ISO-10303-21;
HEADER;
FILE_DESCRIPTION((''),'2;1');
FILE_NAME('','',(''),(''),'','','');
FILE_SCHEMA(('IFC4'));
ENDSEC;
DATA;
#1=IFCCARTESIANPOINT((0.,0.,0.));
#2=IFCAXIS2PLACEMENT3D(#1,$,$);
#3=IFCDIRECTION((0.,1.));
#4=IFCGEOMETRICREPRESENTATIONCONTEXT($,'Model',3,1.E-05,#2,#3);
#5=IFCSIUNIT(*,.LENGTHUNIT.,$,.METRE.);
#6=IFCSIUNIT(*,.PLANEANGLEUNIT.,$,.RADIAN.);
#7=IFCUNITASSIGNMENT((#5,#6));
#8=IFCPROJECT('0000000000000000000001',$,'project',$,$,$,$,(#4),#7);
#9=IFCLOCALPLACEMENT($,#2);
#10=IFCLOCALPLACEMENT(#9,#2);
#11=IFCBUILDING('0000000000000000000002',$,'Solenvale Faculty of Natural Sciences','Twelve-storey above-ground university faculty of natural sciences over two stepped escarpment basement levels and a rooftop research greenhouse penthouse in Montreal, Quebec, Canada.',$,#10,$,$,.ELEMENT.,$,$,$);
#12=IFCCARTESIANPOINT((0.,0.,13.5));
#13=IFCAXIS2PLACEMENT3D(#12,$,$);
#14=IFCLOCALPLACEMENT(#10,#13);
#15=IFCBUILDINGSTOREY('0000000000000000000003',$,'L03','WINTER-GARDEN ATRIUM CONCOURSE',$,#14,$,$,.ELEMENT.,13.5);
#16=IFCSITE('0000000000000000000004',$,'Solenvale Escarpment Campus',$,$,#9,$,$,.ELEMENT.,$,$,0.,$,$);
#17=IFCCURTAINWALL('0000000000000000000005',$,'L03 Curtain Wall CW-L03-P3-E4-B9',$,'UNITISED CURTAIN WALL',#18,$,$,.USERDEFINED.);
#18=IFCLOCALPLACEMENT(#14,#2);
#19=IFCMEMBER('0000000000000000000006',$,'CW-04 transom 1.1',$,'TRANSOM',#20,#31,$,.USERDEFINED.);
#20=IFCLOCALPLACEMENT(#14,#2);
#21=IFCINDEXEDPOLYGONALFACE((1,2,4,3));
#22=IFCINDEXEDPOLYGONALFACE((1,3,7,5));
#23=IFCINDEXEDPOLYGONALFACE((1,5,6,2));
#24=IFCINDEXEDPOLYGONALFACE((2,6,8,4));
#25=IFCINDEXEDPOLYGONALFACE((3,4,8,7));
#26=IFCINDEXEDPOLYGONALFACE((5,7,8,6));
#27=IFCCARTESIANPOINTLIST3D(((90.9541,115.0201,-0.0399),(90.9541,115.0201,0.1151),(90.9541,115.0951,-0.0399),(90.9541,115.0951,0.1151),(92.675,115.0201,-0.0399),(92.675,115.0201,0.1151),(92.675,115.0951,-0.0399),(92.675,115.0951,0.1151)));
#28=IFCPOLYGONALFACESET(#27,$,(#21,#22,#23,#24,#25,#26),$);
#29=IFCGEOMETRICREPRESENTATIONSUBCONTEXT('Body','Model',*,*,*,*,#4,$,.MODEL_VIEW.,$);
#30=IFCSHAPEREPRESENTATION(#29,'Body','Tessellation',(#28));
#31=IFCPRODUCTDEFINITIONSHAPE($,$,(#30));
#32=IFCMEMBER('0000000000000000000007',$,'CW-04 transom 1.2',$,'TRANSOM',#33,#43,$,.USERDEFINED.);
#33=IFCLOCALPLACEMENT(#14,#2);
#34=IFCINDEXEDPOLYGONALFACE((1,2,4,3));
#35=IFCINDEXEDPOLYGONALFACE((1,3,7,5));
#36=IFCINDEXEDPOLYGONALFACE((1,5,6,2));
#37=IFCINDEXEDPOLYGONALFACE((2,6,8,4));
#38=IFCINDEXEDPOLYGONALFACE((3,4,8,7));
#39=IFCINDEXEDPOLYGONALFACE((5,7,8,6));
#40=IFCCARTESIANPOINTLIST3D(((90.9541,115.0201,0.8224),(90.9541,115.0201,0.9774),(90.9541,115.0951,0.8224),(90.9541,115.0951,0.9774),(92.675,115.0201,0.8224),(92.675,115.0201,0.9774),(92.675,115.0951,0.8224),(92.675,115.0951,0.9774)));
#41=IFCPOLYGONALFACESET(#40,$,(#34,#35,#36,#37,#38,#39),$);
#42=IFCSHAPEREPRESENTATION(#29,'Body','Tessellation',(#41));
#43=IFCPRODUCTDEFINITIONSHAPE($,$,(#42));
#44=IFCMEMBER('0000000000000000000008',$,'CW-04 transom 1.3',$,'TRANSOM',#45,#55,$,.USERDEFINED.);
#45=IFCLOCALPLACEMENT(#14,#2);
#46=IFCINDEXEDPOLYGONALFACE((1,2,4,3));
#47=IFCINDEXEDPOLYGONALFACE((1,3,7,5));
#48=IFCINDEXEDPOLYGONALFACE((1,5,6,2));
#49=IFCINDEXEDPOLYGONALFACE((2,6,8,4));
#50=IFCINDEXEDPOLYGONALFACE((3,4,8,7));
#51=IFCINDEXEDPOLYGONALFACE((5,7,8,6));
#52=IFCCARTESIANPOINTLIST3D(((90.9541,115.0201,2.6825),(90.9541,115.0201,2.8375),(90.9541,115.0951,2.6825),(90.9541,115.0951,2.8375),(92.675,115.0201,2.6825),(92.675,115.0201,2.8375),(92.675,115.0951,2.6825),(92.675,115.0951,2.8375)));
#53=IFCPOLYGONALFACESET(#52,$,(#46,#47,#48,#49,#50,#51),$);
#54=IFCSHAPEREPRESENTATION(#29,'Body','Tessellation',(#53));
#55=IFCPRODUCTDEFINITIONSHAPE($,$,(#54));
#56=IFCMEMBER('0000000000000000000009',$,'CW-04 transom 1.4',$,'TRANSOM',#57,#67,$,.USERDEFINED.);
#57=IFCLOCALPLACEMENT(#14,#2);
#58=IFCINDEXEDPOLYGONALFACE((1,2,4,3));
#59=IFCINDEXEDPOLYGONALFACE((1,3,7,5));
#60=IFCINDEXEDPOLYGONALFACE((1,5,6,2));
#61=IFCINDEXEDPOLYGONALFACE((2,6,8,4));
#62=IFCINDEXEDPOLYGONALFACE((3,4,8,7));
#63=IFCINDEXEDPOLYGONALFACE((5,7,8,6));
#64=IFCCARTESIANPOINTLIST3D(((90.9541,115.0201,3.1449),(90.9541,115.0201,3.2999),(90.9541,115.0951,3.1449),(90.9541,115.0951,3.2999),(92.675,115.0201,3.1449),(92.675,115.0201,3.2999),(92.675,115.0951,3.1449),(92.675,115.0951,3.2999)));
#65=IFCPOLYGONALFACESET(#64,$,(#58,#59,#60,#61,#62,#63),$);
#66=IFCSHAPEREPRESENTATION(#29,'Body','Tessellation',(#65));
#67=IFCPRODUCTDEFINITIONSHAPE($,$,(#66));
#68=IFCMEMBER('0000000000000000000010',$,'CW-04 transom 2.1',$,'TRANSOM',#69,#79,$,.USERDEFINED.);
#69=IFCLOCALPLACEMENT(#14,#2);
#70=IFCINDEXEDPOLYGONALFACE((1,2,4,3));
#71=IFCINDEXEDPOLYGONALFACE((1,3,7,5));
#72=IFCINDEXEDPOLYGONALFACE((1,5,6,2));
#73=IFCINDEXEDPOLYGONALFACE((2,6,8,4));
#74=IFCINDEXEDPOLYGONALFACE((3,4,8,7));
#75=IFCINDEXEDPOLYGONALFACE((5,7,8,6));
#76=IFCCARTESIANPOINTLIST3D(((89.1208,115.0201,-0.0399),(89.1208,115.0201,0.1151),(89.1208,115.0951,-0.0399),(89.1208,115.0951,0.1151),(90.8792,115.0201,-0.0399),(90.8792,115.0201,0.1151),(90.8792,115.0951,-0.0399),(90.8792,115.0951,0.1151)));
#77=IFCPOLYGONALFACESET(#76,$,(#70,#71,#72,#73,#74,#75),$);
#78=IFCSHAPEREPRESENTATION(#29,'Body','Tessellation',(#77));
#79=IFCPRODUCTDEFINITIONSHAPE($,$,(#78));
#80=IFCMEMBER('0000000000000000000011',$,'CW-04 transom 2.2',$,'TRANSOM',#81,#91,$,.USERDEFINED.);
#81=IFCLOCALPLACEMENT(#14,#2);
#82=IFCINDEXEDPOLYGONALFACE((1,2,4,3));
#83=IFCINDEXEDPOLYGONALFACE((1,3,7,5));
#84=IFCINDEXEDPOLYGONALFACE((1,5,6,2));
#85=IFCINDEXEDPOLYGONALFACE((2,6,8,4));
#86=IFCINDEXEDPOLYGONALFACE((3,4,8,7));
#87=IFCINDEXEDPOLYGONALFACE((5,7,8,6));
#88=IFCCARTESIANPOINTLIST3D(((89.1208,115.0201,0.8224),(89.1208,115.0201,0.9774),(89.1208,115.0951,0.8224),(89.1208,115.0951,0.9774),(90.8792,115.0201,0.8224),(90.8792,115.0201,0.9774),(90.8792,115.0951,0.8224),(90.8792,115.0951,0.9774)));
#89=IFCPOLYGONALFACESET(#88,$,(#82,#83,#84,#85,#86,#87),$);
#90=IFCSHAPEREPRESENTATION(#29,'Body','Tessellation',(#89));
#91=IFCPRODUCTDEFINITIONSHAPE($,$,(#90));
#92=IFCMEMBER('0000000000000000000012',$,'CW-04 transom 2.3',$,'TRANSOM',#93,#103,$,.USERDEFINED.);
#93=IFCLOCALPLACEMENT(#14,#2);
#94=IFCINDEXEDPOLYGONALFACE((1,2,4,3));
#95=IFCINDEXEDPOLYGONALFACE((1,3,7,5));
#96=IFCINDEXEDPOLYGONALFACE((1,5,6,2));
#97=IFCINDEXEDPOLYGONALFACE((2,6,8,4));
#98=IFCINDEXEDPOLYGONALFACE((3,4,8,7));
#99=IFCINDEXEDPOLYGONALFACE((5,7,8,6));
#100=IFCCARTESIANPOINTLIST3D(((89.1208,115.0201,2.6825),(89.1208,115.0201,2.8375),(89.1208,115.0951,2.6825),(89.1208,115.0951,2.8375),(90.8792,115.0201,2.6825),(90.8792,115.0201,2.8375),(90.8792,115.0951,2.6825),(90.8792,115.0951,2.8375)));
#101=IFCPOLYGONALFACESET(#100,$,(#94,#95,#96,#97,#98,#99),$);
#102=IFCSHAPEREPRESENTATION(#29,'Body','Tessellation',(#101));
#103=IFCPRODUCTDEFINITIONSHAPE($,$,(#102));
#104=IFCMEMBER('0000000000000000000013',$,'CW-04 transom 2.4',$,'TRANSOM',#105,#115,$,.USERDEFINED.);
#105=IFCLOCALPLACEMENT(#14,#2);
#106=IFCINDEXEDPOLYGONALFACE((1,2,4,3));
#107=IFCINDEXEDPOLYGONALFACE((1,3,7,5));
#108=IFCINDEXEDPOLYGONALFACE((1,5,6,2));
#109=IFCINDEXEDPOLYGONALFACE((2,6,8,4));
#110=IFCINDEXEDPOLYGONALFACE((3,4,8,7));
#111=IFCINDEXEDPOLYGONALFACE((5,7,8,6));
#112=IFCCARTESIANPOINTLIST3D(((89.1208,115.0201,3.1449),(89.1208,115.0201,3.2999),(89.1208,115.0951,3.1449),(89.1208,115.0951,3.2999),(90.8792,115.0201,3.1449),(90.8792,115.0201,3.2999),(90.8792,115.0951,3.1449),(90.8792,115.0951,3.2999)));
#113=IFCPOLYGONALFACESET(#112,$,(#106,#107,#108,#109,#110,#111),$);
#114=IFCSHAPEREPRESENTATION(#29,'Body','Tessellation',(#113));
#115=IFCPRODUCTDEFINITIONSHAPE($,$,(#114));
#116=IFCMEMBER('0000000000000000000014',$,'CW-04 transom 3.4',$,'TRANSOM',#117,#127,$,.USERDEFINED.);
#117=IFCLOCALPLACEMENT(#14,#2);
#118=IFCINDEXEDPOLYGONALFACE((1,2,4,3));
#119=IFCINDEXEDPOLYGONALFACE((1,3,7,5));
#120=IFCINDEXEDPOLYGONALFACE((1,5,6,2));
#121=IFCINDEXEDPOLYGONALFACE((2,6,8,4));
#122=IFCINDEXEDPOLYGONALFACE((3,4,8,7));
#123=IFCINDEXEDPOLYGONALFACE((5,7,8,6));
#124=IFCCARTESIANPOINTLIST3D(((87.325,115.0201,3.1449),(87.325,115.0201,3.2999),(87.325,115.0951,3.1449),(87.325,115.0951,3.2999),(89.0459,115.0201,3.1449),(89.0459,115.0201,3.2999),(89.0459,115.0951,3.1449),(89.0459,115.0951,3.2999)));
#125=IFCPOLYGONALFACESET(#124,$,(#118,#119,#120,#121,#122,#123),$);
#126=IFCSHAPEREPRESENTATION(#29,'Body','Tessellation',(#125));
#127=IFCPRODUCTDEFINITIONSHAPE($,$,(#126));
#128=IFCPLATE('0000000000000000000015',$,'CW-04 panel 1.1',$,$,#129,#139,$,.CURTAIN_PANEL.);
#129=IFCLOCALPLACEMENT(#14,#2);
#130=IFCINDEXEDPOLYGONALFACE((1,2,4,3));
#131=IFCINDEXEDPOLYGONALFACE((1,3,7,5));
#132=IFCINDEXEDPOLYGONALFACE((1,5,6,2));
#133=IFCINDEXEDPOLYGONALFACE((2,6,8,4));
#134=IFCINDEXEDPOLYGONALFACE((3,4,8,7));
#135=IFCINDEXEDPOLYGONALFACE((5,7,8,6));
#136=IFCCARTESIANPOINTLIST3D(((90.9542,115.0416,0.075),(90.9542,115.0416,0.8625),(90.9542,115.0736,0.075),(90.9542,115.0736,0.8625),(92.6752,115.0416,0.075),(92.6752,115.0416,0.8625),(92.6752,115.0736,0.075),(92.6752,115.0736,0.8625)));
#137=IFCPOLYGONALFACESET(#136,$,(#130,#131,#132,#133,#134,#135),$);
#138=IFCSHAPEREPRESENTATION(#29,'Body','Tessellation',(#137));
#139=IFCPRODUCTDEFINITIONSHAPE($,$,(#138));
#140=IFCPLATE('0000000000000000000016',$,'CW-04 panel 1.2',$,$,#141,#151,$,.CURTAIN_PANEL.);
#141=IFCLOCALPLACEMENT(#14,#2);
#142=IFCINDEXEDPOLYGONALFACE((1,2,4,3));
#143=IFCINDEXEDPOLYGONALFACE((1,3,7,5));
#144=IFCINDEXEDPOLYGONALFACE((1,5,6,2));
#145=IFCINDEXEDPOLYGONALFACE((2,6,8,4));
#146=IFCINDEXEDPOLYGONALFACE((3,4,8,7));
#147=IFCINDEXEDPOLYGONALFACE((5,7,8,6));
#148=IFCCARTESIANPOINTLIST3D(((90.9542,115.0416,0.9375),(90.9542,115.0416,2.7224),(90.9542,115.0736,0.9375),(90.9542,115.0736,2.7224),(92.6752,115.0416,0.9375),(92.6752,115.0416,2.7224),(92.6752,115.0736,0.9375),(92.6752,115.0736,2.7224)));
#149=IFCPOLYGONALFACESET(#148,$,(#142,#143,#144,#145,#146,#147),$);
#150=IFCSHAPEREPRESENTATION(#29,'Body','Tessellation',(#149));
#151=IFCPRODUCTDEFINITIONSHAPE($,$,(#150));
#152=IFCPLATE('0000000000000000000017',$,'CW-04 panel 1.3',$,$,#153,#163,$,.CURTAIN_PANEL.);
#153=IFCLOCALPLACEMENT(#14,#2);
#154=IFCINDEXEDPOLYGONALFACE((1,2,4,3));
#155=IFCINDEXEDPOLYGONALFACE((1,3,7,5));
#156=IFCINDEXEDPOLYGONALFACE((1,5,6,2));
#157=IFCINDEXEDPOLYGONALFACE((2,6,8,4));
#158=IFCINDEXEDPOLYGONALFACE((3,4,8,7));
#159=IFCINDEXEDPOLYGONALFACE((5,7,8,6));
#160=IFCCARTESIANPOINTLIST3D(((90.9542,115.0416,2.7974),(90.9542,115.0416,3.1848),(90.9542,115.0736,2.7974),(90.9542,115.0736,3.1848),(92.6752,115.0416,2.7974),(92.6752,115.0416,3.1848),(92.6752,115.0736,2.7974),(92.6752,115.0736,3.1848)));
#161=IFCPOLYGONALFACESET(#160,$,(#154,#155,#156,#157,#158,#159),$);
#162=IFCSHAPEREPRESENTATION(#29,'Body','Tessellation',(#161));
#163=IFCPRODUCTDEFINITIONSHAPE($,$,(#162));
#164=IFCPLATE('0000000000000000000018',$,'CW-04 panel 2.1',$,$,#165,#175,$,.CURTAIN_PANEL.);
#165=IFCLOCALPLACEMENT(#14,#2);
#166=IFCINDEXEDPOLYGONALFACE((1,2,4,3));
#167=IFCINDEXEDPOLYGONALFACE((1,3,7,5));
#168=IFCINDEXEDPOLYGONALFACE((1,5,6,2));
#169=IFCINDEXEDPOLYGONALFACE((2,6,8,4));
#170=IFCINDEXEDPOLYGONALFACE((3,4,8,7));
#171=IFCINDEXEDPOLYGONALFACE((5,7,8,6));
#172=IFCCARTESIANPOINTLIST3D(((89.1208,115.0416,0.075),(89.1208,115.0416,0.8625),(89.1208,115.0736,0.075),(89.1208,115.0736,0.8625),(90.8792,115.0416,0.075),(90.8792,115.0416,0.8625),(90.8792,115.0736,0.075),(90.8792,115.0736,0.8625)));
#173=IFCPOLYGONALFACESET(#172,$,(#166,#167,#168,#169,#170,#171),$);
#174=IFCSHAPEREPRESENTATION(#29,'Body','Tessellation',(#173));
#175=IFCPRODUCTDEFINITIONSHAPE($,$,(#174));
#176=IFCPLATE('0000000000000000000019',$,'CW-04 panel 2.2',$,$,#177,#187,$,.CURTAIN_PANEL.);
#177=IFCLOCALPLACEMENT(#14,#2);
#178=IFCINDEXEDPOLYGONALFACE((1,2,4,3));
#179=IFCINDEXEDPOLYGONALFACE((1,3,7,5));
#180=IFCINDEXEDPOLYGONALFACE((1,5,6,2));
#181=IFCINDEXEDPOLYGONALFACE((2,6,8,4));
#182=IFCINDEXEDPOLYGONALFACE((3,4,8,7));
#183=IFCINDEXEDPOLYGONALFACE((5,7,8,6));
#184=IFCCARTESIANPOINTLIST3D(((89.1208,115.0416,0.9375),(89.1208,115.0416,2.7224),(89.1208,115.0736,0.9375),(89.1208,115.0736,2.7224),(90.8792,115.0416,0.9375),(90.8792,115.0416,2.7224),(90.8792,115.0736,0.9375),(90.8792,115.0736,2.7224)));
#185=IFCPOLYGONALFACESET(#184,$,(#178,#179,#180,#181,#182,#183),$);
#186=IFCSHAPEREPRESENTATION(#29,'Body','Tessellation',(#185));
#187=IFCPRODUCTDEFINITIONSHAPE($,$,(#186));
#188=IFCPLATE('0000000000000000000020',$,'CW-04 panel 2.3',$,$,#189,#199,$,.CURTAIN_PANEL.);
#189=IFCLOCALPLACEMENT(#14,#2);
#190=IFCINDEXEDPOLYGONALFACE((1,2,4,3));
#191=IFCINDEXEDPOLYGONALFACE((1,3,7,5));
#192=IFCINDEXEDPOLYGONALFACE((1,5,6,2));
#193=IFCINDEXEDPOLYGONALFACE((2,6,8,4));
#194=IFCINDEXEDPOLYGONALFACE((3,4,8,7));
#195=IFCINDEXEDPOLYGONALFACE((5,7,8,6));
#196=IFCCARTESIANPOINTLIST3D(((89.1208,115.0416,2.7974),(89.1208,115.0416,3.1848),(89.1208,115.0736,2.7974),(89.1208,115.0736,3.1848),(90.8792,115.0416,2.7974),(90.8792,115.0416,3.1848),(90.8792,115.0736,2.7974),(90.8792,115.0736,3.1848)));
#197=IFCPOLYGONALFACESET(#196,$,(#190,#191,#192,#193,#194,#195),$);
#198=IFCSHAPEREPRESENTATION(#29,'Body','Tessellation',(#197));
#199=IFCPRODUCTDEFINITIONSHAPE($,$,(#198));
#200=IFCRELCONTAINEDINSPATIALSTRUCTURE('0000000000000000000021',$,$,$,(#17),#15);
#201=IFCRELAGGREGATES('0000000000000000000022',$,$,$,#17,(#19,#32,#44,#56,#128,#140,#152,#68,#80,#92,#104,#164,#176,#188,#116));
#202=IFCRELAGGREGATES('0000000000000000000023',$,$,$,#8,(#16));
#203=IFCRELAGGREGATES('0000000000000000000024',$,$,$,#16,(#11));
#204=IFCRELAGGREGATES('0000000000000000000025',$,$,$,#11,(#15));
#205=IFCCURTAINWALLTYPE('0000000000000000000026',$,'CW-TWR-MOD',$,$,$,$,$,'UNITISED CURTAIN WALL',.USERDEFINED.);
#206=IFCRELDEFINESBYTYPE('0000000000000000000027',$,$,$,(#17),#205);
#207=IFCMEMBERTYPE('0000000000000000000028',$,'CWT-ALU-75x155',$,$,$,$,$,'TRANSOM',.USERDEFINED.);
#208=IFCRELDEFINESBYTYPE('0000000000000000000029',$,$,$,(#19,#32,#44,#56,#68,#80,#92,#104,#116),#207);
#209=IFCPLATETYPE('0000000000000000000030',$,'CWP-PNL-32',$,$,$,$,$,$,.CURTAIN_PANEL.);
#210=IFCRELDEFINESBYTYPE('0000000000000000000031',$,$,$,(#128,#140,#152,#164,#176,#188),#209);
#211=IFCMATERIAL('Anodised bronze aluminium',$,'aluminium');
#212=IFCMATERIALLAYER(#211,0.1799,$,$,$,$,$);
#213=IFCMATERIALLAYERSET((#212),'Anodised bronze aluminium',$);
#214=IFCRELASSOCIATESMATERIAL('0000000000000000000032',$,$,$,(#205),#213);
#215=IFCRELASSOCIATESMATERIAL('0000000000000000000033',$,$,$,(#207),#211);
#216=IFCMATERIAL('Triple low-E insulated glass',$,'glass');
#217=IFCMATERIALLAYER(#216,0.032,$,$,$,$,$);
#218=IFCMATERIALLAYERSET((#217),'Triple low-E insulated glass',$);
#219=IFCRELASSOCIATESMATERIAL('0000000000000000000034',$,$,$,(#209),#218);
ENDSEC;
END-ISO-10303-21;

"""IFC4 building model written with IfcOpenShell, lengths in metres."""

from ifc_helpers import new_model, si_unit, direction, frame, origin, origin_2d, place, context, subcontext, project, spatial, rectangle, extrude, material, layer, layer_set, material_profile, profile_set, type_object, element, aggregate, save


model = new_model("IFC4")

# Units and contexts
model_context = context("Model", 3, precision=1e-05, world=origin(), true_north=direction((0.0, 1.0)))
body_context = subcontext(model_context, "Body", "Model", "MODEL_VIEW")
ifc_project = project(units=[si_unit("LENGTHUNIT", "METRE"), si_unit("PLANEANGLEUNIT", "RADIAN")], contexts=[model_context])

# Site, building, storey
site_placement = place(None, origin())
site = spatial("IfcSite", under=ifc_project, at=site_placement, Name="Solenvale Escarpment Campus", CompositionType="ELEMENT", RefElevation=0.0)
building_placement = place(site_placement, origin())
building = spatial("IfcBuilding", under=site, at=building_placement, Name="Solenvale Faculty of Natural Sciences", Description="Twelve-storey above-ground university faculty of natural sciences over two stepped escarpment basement levels and a rooftop research greenhouse penthouse in Montreal, Quebec, Canada.", CompositionType="ELEMENT")
storey_placement = place(building_placement, frame((0.0, 0.0, 13.5)))
storey = spatial("IfcBuildingStorey", under=building, at=storey_placement, Name="L03", Description="WINTER-GARDEN ATRIUM CONCOURSE", CompositionType="ELEMENT", Elevation=13.5)

# Shared definitions
ifc_material_1 = material(Name="Anodised bronze aluminium", Category="aluminium")
ifc_layer_1 = layer(ifc_material_1, 0.1799)
ifc_layer_set_1 = layer_set([ifc_layer_1], Name="Anodised bronze aluminium")
curtain_wall_type = type_object("IfcCurtainWallType", Name="CW-TWR-MOD", ElementType="UNITISED CURTAIN WALL", PredefinedType="USERDEFINED", material=ifc_layer_set_1)

# Curtain wall, members, plates
curtain_wall_1_placement = place(storey_placement, origin())
curtain_wall_1 = element("IfcCurtainWall", 1, at=curtain_wall_1_placement, inside=storey, type_object=curtain_wall_type, Name="L03 Curtain Wall CW-L03-P3-E4-B9", ObjectType="UNITISED CURTAIN WALL", PredefinedType="USERDEFINED")
ifc_material_profile_1 = material_profile(ifc_material_1, rectangle(XDim=0.075, YDim=0.155, at=origin_2d()), Name="ALU-TRN-75x155")
ifc_profile_set_1 = profile_set([ifc_material_profile_1], Name="Anodised bronze aluminium")
member_type_1 = type_object("IfcMemberType", Name="CWT-ALU-75x155", ElementType="TRANSOM", PredefinedType="USERDEFINED", material=ifc_profile_set_1)
member_1_placement = place(storey_placement, frame((92.675, 115.0576, 0.0376), z_axis=(-1.0, 0.0, 0.0), x_axis=(0.0, -1.0, 0.0)))
member_1 = element("IfcMember", 2, at=member_1_placement, type_object=member_type_1, Name="CW-04 transom 1.1", ObjectType="TRANSOM", PredefinedType="USERDEFINED", context=body_context, shape_type="SweptSolid", body=[
    extrude(rectangle(XDim=0.075, YDim=0.155, at=origin_2d()), origin(), (0.0, 0.0, 1.0), 1.7209),
])
member_2_placement = place(storey_placement, frame((92.675, 115.0576, 0.8999), z_axis=(-1.0, 0.0, 0.0), x_axis=(0.0, -1.0, 0.0)))
member_2 = element("IfcMember", 3, at=member_2_placement, type_object=member_type_1, Name="CW-04 transom 1.2", ObjectType="TRANSOM", PredefinedType="USERDEFINED", context=body_context, shape_type="SweptSolid", body=[
    extrude(rectangle(XDim=0.075, YDim=0.155, at=origin_2d()), origin(), (0.0, 0.0, 1.0), 1.7209),
])
member_3_placement = place(storey_placement, frame((92.675, 115.0576, 2.76), z_axis=(-1.0, 0.0, 0.0), x_axis=(0.0, -1.0, 0.0)))
member_3 = element("IfcMember", 4, at=member_3_placement, type_object=member_type_1, Name="CW-04 transom 1.3", ObjectType="TRANSOM", PredefinedType="USERDEFINED", context=body_context, shape_type="SweptSolid", body=[
    extrude(rectangle(XDim=0.075, YDim=0.155, at=origin_2d()), origin(), (0.0, 0.0, 1.0), 1.7209),
])
member_4_placement = place(storey_placement, frame((92.675, 115.0576, 3.2224), z_axis=(-1.0, 0.0, 0.0), x_axis=(0.0, -1.0, 0.0)))
member_4 = element("IfcMember", 5, at=member_4_placement, type_object=member_type_1, Name="CW-04 transom 1.4", ObjectType="TRANSOM", PredefinedType="USERDEFINED", context=body_context, shape_type="SweptSolid", body=[
    extrude(rectangle(XDim=0.075, YDim=0.155, at=origin_2d()), origin(), (0.0, 0.0, 1.0), 1.7209),
])
member_5_placement = place(storey_placement, frame((90.8792, 115.0576, 0.0376), z_axis=(-1.0, 0.0, 0.0), x_axis=(0.0, -1.0, 0.0)))
member_5 = element("IfcMember", 6, at=member_5_placement, type_object=member_type_1, Name="CW-04 transom 2.1", ObjectType="TRANSOM", PredefinedType="USERDEFINED", context=body_context, shape_type="SweptSolid", body=[
    extrude(rectangle(XDim=0.075, YDim=0.155, at=origin_2d()), origin(), (0.0, 0.0, 1.0), 1.7583),
])
member_6_placement = place(storey_placement, frame((90.8792, 115.0576, 0.8999), z_axis=(-1.0, 0.0, 0.0), x_axis=(0.0, -1.0, 0.0)))
member_6 = element("IfcMember", 7, at=member_6_placement, type_object=member_type_1, Name="CW-04 transom 2.2", ObjectType="TRANSOM", PredefinedType="USERDEFINED", context=body_context, shape_type="SweptSolid", body=[
    extrude(rectangle(XDim=0.075, YDim=0.155, at=origin_2d()), origin(), (0.0, 0.0, 1.0), 1.7583),
])
member_7_placement = place(storey_placement, frame((90.8792, 115.0576, 2.76), z_axis=(-1.0, 0.0, 0.0), x_axis=(0.0, -1.0, 0.0)))
member_7 = element("IfcMember", 8, at=member_7_placement, type_object=member_type_1, Name="CW-04 transom 2.3", ObjectType="TRANSOM", PredefinedType="USERDEFINED", context=body_context, shape_type="SweptSolid", body=[
    extrude(rectangle(XDim=0.075, YDim=0.155, at=origin_2d()), origin(), (0.0, 0.0, 1.0), 1.7583),
])
member_8_placement = place(storey_placement, frame((90.8792, 115.0576, 3.2224), z_axis=(-1.0, 0.0, 0.0), x_axis=(0.0, -1.0, 0.0)))
member_8 = element("IfcMember", 9, at=member_8_placement, type_object=member_type_1, Name="CW-04 transom 2.4", ObjectType="TRANSOM", PredefinedType="USERDEFINED", context=body_context, shape_type="SweptSolid", body=[
    extrude(rectangle(XDim=0.075, YDim=0.155, at=origin_2d()), origin(), (0.0, 0.0, 1.0), 1.7583),
])
member_9_placement = place(storey_placement, frame((89.0459, 115.0576, 3.2224), z_axis=(-1.0, 0.0, 0.0), x_axis=(0.0, -1.0, 0.0)))
member_9 = element("IfcMember", 10, at=member_9_placement, type_object=member_type_1, Name="CW-04 transom 3.4", ObjectType="TRANSOM", PredefinedType="USERDEFINED", context=body_context, shape_type="SweptSolid", body=[
    extrude(rectangle(XDim=0.075, YDim=0.155, at=origin_2d()), origin(), (0.0, 0.0, 1.0), 1.7209),
])
ifc_material_2 = material(Name="Triple low-E insulated glass", Category="glass")
ifc_layer_2 = layer(ifc_material_2, 0.032)
ifc_layer_set_2 = layer_set([ifc_layer_2], Name="Triple low-E insulated glass")
plate_type = type_object("IfcPlateType", Name="CWP-PNL-32", PredefinedType="CURTAIN_PANEL", material=ifc_layer_set_2)
plate_1_placement = place(storey_placement, frame((91.8147, 115.0576, 0.075), z_axis=(0.0, 0.0, 1.0), x_axis=(-1.0, 0.0, 0.0)))
plate_1 = element("IfcPlate", 11, at=plate_1_placement, type_object=plate_type, Name="CW-04 panel 1.1", PredefinedType="CURTAIN_PANEL", context=body_context, shape_type="SweptSolid", body=[
    extrude(rectangle(XDim=1.7209, YDim=0.032, at=origin_2d()), origin(), (0.0, 0.0, 1.0), 0.7876),
])
plate_2_placement = place(storey_placement, frame((91.8147, 115.0576, 0.9375), z_axis=(0.0, 0.0, 1.0), x_axis=(-1.0, 0.0, 0.0)))
plate_2 = element("IfcPlate", 12, at=plate_2_placement, type_object=plate_type, Name="CW-04 panel 1.2", PredefinedType="CURTAIN_PANEL", context=body_context, shape_type="SweptSolid", body=[
    extrude(rectangle(XDim=1.7209, YDim=0.032, at=origin_2d()), origin(), (0.0, 0.0, 1.0), 1.7849),
])
plate_3_placement = place(storey_placement, frame((91.8147, 115.0576, 2.7974), z_axis=(0.0, 0.0, 1.0), x_axis=(-1.0, 0.0, 0.0)))
plate_3 = element("IfcPlate", 13, at=plate_3_placement, type_object=plate_type, Name="CW-04 panel 1.3", PredefinedType="CURTAIN_PANEL", context=body_context, shape_type="SweptSolid", body=[
    extrude(rectangle(XDim=1.7209, YDim=0.032, at=origin_2d()), origin(), (0.0, 0.0, 1.0), 0.3875),
])
plate_4_placement = place(storey_placement, frame((90.0, 115.0576, 0.075), z_axis=(0.0, 0.0, 1.0), x_axis=(-1.0, 0.0, 0.0)))
plate_4 = element("IfcPlate", 14, at=plate_4_placement, type_object=plate_type, Name="CW-04 panel 2.1", PredefinedType="CURTAIN_PANEL", context=body_context, shape_type="SweptSolid", body=[
    extrude(rectangle(XDim=1.7583, YDim=0.032, at=origin_2d()), origin(), (0.0, 0.0, 1.0), 0.7876),
])
plate_5_placement = place(storey_placement, frame((90.0, 115.0576, 0.9375), z_axis=(0.0, 0.0, 1.0), x_axis=(-1.0, 0.0, 0.0)))
plate_5 = element("IfcPlate", 15, at=plate_5_placement, type_object=plate_type, Name="CW-04 panel 2.2", PredefinedType="CURTAIN_PANEL", context=body_context, shape_type="SweptSolid", body=[
    extrude(rectangle(XDim=1.7583, YDim=0.032, at=origin_2d()), origin(), (0.0, 0.0, 1.0), 1.7849),
])
plate_6_placement = place(storey_placement, frame((90.0, 115.0576, 2.7974), z_axis=(0.0, 0.0, 1.0), x_axis=(-1.0, 0.0, 0.0)))
plate_6 = element("IfcPlate", 16, at=plate_6_placement, type_object=plate_type, Name="CW-04 panel 2.3", PredefinedType="CURTAIN_PANEL", context=body_context, shape_type="SweptSolid", body=[
    extrude(rectangle(XDim=1.7583, YDim=0.032, at=origin_2d()), origin(), (0.0, 0.0, 1.0), 0.3875),
])
aggregate(curtain_wall_1, [member_1, member_2, member_3, member_4, plate_1, plate_2, plate_3, member_5, member_6, member_7, member_8, plate_4, plate_5, plate_6, member_9])

save(model, "model.ifc")
